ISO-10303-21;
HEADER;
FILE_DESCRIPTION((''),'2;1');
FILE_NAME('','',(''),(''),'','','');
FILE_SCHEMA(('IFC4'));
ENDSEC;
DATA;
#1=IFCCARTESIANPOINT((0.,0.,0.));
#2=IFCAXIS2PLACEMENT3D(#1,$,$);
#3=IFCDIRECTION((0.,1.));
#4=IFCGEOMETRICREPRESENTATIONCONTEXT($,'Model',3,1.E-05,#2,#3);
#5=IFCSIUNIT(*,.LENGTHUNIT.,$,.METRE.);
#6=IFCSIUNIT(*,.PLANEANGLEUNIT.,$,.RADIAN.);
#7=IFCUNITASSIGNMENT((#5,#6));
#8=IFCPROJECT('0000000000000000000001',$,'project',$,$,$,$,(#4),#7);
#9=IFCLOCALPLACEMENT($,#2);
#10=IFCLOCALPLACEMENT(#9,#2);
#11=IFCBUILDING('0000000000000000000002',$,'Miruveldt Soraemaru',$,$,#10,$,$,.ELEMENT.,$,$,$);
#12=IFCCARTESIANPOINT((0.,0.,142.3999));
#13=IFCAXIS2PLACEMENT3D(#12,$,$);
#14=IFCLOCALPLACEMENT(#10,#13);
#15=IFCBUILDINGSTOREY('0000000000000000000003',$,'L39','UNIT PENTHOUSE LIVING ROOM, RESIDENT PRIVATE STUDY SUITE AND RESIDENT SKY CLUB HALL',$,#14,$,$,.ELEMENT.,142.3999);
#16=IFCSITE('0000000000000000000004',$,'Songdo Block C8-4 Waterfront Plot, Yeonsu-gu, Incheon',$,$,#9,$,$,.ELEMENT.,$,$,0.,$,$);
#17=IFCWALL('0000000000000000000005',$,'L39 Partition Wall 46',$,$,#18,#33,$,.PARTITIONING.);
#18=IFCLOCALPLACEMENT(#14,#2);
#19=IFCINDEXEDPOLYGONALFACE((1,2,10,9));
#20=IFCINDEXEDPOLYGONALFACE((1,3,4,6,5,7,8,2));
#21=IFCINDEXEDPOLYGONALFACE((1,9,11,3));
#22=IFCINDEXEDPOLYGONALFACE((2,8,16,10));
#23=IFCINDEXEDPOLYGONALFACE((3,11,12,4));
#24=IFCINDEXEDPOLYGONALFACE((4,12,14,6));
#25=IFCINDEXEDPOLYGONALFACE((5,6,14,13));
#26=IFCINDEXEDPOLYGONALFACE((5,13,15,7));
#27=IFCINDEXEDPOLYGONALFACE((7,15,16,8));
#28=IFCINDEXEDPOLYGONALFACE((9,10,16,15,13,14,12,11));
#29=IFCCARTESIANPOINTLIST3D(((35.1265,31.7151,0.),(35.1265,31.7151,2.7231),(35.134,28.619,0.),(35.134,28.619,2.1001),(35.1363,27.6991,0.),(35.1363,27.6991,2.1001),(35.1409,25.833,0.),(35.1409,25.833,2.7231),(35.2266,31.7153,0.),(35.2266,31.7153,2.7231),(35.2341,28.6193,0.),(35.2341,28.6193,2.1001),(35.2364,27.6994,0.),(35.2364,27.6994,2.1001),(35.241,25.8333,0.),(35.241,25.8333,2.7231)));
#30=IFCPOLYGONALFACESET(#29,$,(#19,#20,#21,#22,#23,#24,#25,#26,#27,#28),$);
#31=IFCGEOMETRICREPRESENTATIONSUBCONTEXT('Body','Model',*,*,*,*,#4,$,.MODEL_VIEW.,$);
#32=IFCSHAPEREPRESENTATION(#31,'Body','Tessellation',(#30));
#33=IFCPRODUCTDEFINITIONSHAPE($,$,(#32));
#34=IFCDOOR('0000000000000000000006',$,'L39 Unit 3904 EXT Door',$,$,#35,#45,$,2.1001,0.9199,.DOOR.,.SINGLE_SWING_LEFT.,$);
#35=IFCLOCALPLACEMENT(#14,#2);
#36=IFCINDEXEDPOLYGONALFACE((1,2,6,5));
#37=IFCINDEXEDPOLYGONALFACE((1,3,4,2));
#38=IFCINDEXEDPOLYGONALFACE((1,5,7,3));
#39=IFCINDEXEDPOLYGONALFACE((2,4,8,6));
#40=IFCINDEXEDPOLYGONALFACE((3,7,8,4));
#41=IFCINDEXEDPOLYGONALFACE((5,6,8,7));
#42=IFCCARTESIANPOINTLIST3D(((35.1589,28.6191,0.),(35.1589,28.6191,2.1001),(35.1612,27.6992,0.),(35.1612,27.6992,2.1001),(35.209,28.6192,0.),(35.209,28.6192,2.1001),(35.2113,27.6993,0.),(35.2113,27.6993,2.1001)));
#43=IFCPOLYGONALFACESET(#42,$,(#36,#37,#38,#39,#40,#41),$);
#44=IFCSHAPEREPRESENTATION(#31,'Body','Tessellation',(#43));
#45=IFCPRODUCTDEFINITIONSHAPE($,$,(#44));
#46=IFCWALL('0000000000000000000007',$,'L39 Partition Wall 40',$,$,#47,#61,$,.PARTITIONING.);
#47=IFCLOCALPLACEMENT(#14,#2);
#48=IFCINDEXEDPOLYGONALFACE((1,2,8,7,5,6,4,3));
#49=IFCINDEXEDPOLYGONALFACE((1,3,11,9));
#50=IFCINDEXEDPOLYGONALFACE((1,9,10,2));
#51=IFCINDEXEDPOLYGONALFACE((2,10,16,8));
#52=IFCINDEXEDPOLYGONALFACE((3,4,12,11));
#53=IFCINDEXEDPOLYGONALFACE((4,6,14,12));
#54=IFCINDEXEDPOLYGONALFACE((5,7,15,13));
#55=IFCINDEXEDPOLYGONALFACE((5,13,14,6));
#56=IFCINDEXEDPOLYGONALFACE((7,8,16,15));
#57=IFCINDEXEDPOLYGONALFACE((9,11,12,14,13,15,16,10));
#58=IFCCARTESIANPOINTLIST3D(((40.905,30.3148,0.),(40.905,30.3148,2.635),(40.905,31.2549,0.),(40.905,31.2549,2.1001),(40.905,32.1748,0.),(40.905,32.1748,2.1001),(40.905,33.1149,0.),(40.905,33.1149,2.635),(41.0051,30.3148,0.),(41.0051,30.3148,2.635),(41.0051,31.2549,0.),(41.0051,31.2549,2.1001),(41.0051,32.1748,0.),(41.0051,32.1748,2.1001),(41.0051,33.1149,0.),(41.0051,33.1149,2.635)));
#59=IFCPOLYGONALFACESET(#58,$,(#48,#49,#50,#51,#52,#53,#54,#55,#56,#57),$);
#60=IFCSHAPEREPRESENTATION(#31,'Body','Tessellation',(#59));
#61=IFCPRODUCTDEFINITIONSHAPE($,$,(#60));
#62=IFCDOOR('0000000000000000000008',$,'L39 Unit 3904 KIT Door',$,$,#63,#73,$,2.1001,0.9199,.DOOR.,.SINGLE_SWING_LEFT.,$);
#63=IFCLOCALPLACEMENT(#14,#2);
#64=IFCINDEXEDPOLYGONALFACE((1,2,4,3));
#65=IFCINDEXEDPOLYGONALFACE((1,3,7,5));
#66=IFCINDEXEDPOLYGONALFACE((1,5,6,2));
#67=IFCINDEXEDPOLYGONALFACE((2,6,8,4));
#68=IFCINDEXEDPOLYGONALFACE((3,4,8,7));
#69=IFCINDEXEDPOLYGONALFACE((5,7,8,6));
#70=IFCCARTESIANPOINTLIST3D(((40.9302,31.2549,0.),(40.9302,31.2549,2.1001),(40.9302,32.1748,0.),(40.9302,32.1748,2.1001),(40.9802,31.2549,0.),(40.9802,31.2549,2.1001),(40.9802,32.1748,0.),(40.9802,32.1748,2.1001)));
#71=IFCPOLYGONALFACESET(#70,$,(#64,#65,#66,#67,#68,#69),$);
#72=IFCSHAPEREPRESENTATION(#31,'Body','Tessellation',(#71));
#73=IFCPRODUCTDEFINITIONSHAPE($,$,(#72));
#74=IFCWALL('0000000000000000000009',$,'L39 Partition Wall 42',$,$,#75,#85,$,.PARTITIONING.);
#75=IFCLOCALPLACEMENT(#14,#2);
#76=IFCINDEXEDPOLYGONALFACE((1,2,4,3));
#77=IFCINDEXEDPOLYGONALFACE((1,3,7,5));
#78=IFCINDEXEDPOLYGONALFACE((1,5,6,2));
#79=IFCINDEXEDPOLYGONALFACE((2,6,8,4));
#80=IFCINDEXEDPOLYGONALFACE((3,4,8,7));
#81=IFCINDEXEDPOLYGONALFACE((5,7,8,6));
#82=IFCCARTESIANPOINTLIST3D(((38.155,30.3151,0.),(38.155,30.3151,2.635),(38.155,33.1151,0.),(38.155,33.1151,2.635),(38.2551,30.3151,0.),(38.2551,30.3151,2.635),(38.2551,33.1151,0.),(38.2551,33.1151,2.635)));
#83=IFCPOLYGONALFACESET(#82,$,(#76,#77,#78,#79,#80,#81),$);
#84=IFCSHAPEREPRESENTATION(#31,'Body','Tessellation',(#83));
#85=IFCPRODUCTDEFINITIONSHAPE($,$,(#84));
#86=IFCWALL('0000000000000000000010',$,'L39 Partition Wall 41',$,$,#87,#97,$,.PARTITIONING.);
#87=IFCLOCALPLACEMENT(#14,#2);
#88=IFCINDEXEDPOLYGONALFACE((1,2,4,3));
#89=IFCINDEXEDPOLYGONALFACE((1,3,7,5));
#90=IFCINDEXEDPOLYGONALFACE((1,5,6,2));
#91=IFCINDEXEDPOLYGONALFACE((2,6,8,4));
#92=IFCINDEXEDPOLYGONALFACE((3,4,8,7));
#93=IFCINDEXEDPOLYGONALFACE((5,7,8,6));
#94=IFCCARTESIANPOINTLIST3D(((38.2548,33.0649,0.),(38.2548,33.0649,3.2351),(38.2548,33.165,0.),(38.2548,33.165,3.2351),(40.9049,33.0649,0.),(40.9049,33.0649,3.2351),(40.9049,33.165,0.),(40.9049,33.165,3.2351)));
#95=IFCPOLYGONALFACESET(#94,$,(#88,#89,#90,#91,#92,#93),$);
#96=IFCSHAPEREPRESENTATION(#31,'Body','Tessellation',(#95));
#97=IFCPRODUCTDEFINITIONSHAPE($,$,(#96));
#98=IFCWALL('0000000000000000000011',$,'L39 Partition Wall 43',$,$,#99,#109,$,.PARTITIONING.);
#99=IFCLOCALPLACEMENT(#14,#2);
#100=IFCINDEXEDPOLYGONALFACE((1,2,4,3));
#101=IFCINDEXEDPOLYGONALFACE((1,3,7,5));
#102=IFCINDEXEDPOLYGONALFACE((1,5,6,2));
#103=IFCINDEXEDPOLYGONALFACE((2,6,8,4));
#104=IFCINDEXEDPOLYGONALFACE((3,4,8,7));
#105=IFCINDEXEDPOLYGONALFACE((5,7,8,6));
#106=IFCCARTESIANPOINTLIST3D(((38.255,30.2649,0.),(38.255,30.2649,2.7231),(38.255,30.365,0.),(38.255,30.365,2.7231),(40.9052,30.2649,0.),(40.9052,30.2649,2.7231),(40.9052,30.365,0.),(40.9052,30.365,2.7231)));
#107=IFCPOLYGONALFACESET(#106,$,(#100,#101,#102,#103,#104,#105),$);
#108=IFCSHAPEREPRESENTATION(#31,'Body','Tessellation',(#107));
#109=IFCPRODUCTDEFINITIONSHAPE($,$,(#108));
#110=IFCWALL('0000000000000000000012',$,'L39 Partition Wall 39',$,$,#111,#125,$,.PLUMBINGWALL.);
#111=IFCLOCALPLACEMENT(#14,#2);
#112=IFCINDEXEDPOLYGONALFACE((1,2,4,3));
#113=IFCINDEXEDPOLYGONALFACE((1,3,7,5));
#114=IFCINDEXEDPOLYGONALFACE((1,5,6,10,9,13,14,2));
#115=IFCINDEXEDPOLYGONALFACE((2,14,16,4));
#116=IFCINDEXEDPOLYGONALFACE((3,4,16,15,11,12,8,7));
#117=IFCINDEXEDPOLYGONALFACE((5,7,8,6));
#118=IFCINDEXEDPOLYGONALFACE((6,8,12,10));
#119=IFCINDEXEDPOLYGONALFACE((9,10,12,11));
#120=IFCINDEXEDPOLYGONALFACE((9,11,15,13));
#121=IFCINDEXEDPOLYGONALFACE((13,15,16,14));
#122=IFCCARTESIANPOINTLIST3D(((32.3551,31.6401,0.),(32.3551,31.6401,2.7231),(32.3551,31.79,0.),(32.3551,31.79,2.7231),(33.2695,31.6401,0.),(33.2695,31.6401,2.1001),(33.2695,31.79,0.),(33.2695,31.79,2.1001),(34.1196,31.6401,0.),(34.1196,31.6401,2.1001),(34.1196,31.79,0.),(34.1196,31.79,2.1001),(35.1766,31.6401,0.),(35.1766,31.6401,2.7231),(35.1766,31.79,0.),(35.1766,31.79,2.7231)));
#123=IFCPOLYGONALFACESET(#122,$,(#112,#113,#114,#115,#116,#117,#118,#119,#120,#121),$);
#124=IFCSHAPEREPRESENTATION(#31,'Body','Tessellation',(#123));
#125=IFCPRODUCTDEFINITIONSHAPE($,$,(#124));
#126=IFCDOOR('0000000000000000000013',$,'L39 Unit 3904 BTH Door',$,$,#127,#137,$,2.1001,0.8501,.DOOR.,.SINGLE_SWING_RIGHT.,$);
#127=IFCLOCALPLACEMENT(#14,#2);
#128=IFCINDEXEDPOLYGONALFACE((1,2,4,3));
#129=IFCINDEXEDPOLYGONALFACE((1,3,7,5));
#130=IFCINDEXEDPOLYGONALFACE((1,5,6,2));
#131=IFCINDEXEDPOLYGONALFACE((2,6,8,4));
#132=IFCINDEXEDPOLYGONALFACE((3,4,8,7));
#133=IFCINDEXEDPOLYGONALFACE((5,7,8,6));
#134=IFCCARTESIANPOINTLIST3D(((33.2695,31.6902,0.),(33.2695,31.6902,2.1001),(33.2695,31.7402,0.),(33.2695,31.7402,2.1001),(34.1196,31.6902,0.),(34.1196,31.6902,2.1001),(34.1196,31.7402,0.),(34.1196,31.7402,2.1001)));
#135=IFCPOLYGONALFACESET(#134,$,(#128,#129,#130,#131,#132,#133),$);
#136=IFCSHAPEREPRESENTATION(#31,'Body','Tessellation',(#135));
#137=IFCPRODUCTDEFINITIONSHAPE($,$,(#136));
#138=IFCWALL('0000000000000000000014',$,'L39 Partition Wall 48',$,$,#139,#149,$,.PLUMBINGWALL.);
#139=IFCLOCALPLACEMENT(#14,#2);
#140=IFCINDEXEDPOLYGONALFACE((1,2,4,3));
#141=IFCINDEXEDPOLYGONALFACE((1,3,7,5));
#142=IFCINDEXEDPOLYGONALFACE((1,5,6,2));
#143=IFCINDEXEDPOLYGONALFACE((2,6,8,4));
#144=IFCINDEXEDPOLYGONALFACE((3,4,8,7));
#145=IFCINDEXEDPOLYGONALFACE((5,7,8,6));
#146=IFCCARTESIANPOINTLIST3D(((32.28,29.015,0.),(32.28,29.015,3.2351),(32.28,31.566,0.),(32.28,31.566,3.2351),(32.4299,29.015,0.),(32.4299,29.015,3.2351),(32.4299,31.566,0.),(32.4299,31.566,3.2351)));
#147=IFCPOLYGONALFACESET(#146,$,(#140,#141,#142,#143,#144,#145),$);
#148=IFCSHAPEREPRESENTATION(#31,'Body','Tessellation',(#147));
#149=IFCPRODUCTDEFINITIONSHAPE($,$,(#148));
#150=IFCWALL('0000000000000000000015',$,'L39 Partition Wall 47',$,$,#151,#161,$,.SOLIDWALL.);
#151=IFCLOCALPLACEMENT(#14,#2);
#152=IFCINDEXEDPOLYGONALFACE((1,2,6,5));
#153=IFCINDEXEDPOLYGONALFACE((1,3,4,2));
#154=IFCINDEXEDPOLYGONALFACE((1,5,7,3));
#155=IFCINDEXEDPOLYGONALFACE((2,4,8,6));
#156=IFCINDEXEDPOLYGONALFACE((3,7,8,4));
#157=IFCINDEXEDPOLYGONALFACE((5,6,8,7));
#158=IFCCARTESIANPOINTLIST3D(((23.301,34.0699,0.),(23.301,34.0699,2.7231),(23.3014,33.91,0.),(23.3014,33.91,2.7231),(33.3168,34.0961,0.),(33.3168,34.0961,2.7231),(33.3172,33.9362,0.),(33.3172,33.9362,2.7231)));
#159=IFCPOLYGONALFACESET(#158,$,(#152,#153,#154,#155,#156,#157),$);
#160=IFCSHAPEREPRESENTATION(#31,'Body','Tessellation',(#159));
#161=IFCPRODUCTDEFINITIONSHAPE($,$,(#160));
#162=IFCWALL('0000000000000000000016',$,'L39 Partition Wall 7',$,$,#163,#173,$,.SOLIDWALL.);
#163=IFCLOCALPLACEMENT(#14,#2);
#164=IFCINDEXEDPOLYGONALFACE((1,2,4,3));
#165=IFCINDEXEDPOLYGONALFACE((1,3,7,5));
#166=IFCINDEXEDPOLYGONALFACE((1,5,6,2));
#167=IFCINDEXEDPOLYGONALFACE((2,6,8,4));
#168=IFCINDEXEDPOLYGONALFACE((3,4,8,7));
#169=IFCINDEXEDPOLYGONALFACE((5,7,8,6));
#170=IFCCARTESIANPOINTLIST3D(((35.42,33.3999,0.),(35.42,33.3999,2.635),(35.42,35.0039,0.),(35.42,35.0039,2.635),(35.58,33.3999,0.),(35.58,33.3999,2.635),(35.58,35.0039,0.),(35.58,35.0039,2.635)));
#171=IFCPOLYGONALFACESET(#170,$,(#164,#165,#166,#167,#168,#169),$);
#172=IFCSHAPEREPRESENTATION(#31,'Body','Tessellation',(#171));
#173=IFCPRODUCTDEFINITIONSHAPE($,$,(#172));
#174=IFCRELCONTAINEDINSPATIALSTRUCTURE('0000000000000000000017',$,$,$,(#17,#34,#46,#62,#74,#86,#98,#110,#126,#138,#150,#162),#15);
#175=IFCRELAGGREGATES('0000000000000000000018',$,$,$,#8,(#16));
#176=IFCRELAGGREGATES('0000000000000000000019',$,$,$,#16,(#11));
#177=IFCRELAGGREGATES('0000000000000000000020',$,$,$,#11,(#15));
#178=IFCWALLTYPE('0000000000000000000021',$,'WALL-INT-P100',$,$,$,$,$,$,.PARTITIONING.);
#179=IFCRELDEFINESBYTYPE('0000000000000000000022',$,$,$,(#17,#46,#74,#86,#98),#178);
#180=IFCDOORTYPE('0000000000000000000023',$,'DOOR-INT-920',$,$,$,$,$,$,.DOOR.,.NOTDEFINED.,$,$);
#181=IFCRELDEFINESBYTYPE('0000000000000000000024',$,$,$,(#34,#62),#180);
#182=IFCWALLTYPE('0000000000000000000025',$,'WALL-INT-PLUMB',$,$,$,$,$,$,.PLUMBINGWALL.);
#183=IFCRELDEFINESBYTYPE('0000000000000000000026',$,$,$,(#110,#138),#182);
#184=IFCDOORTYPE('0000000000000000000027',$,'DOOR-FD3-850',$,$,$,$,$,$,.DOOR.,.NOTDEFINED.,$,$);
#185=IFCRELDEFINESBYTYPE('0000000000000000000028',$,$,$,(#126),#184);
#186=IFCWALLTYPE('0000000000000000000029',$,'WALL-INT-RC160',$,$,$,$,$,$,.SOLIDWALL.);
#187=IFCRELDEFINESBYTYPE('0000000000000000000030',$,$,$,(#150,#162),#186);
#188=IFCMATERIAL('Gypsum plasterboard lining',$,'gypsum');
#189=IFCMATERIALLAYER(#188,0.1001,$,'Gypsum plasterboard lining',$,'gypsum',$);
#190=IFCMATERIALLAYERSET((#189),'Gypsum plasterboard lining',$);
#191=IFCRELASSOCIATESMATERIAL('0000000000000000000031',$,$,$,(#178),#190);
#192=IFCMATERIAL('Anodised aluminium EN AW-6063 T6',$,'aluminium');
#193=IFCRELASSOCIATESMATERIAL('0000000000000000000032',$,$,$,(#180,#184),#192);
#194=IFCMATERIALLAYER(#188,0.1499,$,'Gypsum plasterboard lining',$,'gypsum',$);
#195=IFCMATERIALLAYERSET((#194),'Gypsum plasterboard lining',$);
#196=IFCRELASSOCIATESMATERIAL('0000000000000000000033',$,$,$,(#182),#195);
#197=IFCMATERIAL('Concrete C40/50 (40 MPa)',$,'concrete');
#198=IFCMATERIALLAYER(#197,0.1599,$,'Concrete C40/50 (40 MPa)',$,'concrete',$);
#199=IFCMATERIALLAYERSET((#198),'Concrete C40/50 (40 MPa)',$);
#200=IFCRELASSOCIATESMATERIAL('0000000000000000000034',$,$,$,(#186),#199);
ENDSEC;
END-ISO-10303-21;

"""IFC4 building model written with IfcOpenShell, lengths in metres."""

from ifc_helpers import new_model, si_unit, direction, frame, frame_2d, origin, place, context, subcontext, project, spatial, rectangle, extrude, material, layer, layer_set, type_object, element, fill, save


model = new_model("IFC4")

# Units and contexts
model_context = context("Model", 3, precision=1e-05, world=origin(), true_north=direction((0.0, 1.0)))
body_context = subcontext(model_context, "Body", "Model", "MODEL_VIEW")
ifc_project = project(units=[si_unit("LENGTHUNIT", "METRE"), si_unit("PLANEANGLEUNIT", "RADIAN")], contexts=[model_context])

# Site, building, storey
site_placement = place(None, origin())
site = spatial("IfcSite", under=ifc_project, at=site_placement, Name="Songdo Block C8-4 Waterfront Plot, Yeonsu-gu, Incheon", CompositionType="ELEMENT", RefElevation=0.0)
building_placement = place(site_placement, origin())
building = spatial("IfcBuilding", under=site, at=building_placement, Name="Miruveldt Soraemaru", CompositionType="ELEMENT")
storey_placement = place(building_placement, frame((0.0, 0.0, 142.3999)))
storey = spatial("IfcBuildingStorey", under=building, at=storey_placement, Name="L39", Description="UNIT PENTHOUSE LIVING ROOM, RESIDENT PRIVATE STUDY SUITE AND RESIDENT SKY CLUB HALL", CompositionType="ELEMENT", Elevation=142.3999)

# Shared definitions
ifc_material_1 = material(Name="Anodised aluminium EN AW-6063 T6", Category="aluminium")

# Walls, openings, doors
ifc_material_2 = material(Name="Gypsum plasterboard lining", Category="gypsum")
ifc_layer_1 = layer(ifc_material_2, 0.1001, Name="Gypsum plasterboard lining", Category="gypsum")
ifc_layer_set_1 = layer_set([ifc_layer_1], Name="Gypsum plasterboard lining")
wall_type_1 = type_object("IfcWallType", Name="WALL-INT-P100", PredefinedType="PARTITIONING", material=ifc_layer_set_1)
wall_1_placement = place(storey_placement, frame((35.1765, 31.7151, 0.0), z_axis=(0.0, 0.0, 1.0), x_axis=(0.002449, -0.999997, 0.0)))
wall_1 = element("IfcWall", 1, at=wall_1_placement, inside=storey, type_object=wall_type_1, Name="L39 Partition Wall 46", PredefinedType="PARTITIONING", context=body_context, shape_type="SweptSolid", body=[
    extrude(rectangle(XDim=5.8821, YDim=0.1001, at=frame_2d((2.9409, 0.0))), origin(), (0.0, 0.0, 1.0), 2.7231),
])
opening_1_placement = place(wall_1_placement, frame((3.0959, 0.0, 0.0)))
opening_1 = element("IfcOpeningElement", 2, at=opening_1_placement, cuts=wall_1, PredefinedType="OPENING", context=body_context, shape_type="SweptSolid", body=[
    extrude(rectangle(XDim=0.9199, YDim=2.1001, at=frame_2d((0.46, 1.05))), frame((0.0, 0.0601, 0.0), z_axis=(0.0, -1.0, 0.0), x_axis=(1.0, 0.0, 0.0)), (0.0, 0.0, 1.0), 0.1201),
])
door_type_1 = type_object("IfcDoorType", Name="DOOR-INT-920", OperationType="NOTDEFINED", PredefinedType="DOOR", material=ifc_material_1)
door_1_placement = place(opening_1_placement, origin())
door_1 = element("IfcDoor", 3, at=door_1_placement, inside=storey, type_object=door_type_1, Name="L39 Unit 3904 EXT Door", OperationType="SINGLE_SWING_LEFT", OverallHeight=2.1001, OverallWidth=0.9199, PredefinedType="DOOR", context=body_context, shape_type="SweptSolid", body=[
    extrude(rectangle(XDim=0.9199, YDim=2.1001, at=frame_2d((0.46, 1.05))), frame((0.0, 0.0249, 0.0), z_axis=(0.0, -1.0, 0.0), x_axis=(1.0, 0.0, 0.0)), (0.0, 0.0, 1.0), 0.05),
])
fill(opening_1, door_1)
wall_2_placement = place(storey_placement, frame((40.9551, 30.3149, 0.0), z_axis=(0.0, 0.0, 1.0), x_axis=(0.0, 1.0, 0.0)))
wall_2 = element("IfcWall", 4, at=wall_2_placement, inside=storey, type_object=wall_type_1, Name="L39 Partition Wall 40", PredefinedType="PARTITIONING", context=body_context, shape_type="SweptSolid", body=[
    extrude(rectangle(XDim=2.8, YDim=0.1001, at=frame_2d((1.3999, 0.0))), origin(), (0.0, 0.0, 1.0), 2.635),
])
opening_2_placement = place(wall_2_placement, frame((0.9399, 0.0, 0.0)))
opening_2 = element("IfcOpeningElement", 5, at=opening_2_placement, cuts=wall_2, PredefinedType="OPENING", context=body_context, shape_type="SweptSolid", body=[
    extrude(rectangle(XDim=0.9199, YDim=2.1001, at=frame_2d((0.46, 1.05))), frame((0.0, 0.0601, 0.0), z_axis=(0.0, -1.0, 0.0), x_axis=(1.0, 0.0, 0.0)), (0.0, 0.0, 1.0), 0.1201),
])
door_2_placement = place(opening_2_placement, origin())
door_2 = element("IfcDoor", 6, at=door_2_placement, inside=storey, type_object=door_type_1, Name="L39 Unit 3904 KIT Door", OperationType="SINGLE_SWING_LEFT", OverallHeight=2.1001, OverallWidth=0.9199, PredefinedType="DOOR", context=body_context, shape_type="SweptSolid", body=[
    extrude(rectangle(XDim=0.9199, YDim=2.1001, at=frame_2d((0.46, 1.05))), frame((0.0, 0.0249, 0.0), z_axis=(0.0, -1.0, 0.0), x_axis=(1.0, 0.0, 0.0)), (0.0, 0.0, 1.0), 0.05),
])
fill(opening_2, door_2)

# Walls
wall_3_placement = place(storey_placement, frame((38.2051, 33.115, 0.0), z_axis=(0.0, 0.0, 1.0), x_axis=(0.0, -1.0, 0.0)))
element("IfcWall", 7, at=wall_3_placement, inside=storey, type_object=wall_type_1, Name="L39 Partition Wall 42", PredefinedType="PARTITIONING", context=body_context, shape_type="SweptSolid", body=[
    extrude(rectangle(XDim=2.8, YDim=0.1001, at=frame_2d((1.3999, 0.0))), origin(), (0.0, 0.0, 1.0), 2.635),
])
wall_4_placement = place(storey_placement, frame((40.905, 33.115, 0.0), z_axis=(0.0, 0.0, 1.0), x_axis=(-1.0, 0.0, 0.0)))
element("IfcWall", 8, at=wall_4_placement, inside=storey, type_object=wall_type_1, Name="L39 Partition Wall 41", PredefinedType="PARTITIONING", context=body_context, shape_type="SweptSolid", body=[
    extrude(rectangle(XDim=2.6501, YDim=0.1001, at=frame_2d((1.3252, 0.0))), origin(), (0.0, 0.0, 1.0), 3.2351),
])
wall_5_placement = place(storey_placement, frame((38.2549, 30.3149, 0.0), z_axis=(0.0, 0.0, 1.0), x_axis=(1.0, 0.0, 0.0)))
element("IfcWall", 9, at=wall_5_placement, inside=storey, type_object=wall_type_1, Name="L39 Partition Wall 43", PredefinedType="PARTITIONING", context=body_context, shape_type="SweptSolid", body=[
    extrude(rectangle(XDim=2.6501, YDim=0.1001, at=frame_2d((1.3252, 0.0))), origin(), (0.0, 0.0, 1.0), 2.7231),
])

# Wall, opening, door
ifc_layer_2 = layer(ifc_material_2, 0.1499, Name="Gypsum plasterboard lining", Category="gypsum")
ifc_layer_set_2 = layer_set([ifc_layer_2], Name="Gypsum plasterboard lining")
wall_type_2 = type_object("IfcWallType", Name="WALL-INT-PLUMB", PredefinedType="PLUMBINGWALL", material=ifc_layer_set_2)
wall_6_placement = place(storey_placement, frame((35.1765, 31.7151, 0.0), z_axis=(0.0, 0.0, 1.0), x_axis=(-1.0, 0.0, 0.0)))
wall_6 = element("IfcWall", 10, at=wall_6_placement, inside=storey, type_object=wall_type_2, Name="L39 Partition Wall 39", PredefinedType="PLUMBINGWALL", context=body_context, shape_type="SweptSolid", body=[
    extrude(rectangle(XDim=2.8215, YDim=0.1499, at=frame_2d((1.4106, 0.0))), origin(), (0.0, 0.0, 1.0), 2.7231),
])
opening_3_placement = place(wall_6_placement, frame((1.0569, 0.0, 0.0)))
opening_3 = element("IfcOpeningElement", 11, at=opening_3_placement, cuts=wall_6, PredefinedType="OPENING", context=body_context, shape_type="SweptSolid", body=[
    extrude(rectangle(XDim=0.8501, YDim=2.1001, at=frame_2d((0.425, 1.05))), frame((0.0, 0.085, 0.0), z_axis=(0.0, -1.0, 0.0), x_axis=(1.0, 0.0, 0.0)), (0.0, 0.0, 1.0), 0.1699),
])
door_type_2 = type_object("IfcDoorType", Name="DOOR-FD3-850", OperationType="NOTDEFINED", PredefinedType="DOOR", material=ifc_material_1)
door_3_placement = place(opening_3_placement, origin())
door_3 = element("IfcDoor", 12, at=door_3_placement, inside=storey, type_object=door_type_2, Name="L39 Unit 3904 BTH Door", OperationType="SINGLE_SWING_RIGHT", OverallHeight=2.1001, OverallWidth=0.8501, PredefinedType="DOOR", context=body_context, shape_type="SweptSolid", body=[
    extrude(rectangle(XDim=0.8501, YDim=2.1001, at=frame_2d((0.425, 1.05))), frame((0.0, 0.0249, 0.0), z_axis=(0.0, -1.0, 0.0), x_axis=(1.0, 0.0, 0.0)), (0.0, 0.0, 1.0), 0.05),
])
fill(opening_3, door_3)

# Wall
wall_7_placement = place(storey_placement, frame((32.355, 31.5659, 0.0), z_axis=(0.0, 0.0, 1.0), x_axis=(0.0, -1.0, 0.0)))
element("IfcWall", 13, at=wall_7_placement, inside=storey, type_object=wall_type_2, Name="L39 Partition Wall 48", PredefinedType="PLUMBINGWALL", context=body_context, shape_type="SweptSolid", body=[
    extrude(rectangle(XDim=2.551, YDim=0.1499, at=frame_2d((1.2754, 0.0))), origin(), (0.0, 0.0, 1.0), 3.2351),
])

# Shared definitions
ifc_material_3 = material(Name="Concrete C40/50 (40 MPa)", Category="concrete")
ifc_layer_3 = layer(ifc_material_3, 0.1599, Name="Concrete C40/50 (40 MPa)", Category="concrete")
ifc_layer_set_3 = layer_set([ifc_layer_3], Name="Concrete C40/50 (40 MPa)")
wall_type_3 = type_object("IfcWallType", Name="WALL-INT-RC160", PredefinedType="SOLIDWALL", material=ifc_layer_set_3)

# Walls
wall_8_placement = place(storey_placement, frame((33.3169, 34.0161, 0.0), z_axis=(0.0, 0.0, 1.0), x_axis=(-0.999997, -0.002608, 0.0)))
element("IfcWall", 14, at=wall_8_placement, inside=storey, type_object=wall_type_3, Name="L39 Partition Wall 47", PredefinedType="SOLIDWALL", context=body_context, shape_type="SweptSolid", body=[
    extrude(rectangle(XDim=10.0159, YDim=0.1599, at=frame_2d((5.0078, 0.0))), origin(), (0.0, 0.0, 1.0), 2.7231),
])
wall_9_placement = place(storey_placement, frame((35.5, 33.3999, 0.0), z_axis=(0.0, 0.0, 1.0), x_axis=(0.0, 1.0, 0.0)))
element("IfcWall", 15, at=wall_9_placement, inside=storey, type_object=wall_type_3, Name="L39 Partition Wall 7", PredefinedType="SOLIDWALL", context=body_context, shape_type="SweptSolid", body=[
    extrude(rectangle(XDim=1.604, YDim=0.1599, at=frame_2d((0.802, 0.0))), origin(), (0.0, 0.0, 1.0), 2.635),
])

save(model, "model.ifc")
